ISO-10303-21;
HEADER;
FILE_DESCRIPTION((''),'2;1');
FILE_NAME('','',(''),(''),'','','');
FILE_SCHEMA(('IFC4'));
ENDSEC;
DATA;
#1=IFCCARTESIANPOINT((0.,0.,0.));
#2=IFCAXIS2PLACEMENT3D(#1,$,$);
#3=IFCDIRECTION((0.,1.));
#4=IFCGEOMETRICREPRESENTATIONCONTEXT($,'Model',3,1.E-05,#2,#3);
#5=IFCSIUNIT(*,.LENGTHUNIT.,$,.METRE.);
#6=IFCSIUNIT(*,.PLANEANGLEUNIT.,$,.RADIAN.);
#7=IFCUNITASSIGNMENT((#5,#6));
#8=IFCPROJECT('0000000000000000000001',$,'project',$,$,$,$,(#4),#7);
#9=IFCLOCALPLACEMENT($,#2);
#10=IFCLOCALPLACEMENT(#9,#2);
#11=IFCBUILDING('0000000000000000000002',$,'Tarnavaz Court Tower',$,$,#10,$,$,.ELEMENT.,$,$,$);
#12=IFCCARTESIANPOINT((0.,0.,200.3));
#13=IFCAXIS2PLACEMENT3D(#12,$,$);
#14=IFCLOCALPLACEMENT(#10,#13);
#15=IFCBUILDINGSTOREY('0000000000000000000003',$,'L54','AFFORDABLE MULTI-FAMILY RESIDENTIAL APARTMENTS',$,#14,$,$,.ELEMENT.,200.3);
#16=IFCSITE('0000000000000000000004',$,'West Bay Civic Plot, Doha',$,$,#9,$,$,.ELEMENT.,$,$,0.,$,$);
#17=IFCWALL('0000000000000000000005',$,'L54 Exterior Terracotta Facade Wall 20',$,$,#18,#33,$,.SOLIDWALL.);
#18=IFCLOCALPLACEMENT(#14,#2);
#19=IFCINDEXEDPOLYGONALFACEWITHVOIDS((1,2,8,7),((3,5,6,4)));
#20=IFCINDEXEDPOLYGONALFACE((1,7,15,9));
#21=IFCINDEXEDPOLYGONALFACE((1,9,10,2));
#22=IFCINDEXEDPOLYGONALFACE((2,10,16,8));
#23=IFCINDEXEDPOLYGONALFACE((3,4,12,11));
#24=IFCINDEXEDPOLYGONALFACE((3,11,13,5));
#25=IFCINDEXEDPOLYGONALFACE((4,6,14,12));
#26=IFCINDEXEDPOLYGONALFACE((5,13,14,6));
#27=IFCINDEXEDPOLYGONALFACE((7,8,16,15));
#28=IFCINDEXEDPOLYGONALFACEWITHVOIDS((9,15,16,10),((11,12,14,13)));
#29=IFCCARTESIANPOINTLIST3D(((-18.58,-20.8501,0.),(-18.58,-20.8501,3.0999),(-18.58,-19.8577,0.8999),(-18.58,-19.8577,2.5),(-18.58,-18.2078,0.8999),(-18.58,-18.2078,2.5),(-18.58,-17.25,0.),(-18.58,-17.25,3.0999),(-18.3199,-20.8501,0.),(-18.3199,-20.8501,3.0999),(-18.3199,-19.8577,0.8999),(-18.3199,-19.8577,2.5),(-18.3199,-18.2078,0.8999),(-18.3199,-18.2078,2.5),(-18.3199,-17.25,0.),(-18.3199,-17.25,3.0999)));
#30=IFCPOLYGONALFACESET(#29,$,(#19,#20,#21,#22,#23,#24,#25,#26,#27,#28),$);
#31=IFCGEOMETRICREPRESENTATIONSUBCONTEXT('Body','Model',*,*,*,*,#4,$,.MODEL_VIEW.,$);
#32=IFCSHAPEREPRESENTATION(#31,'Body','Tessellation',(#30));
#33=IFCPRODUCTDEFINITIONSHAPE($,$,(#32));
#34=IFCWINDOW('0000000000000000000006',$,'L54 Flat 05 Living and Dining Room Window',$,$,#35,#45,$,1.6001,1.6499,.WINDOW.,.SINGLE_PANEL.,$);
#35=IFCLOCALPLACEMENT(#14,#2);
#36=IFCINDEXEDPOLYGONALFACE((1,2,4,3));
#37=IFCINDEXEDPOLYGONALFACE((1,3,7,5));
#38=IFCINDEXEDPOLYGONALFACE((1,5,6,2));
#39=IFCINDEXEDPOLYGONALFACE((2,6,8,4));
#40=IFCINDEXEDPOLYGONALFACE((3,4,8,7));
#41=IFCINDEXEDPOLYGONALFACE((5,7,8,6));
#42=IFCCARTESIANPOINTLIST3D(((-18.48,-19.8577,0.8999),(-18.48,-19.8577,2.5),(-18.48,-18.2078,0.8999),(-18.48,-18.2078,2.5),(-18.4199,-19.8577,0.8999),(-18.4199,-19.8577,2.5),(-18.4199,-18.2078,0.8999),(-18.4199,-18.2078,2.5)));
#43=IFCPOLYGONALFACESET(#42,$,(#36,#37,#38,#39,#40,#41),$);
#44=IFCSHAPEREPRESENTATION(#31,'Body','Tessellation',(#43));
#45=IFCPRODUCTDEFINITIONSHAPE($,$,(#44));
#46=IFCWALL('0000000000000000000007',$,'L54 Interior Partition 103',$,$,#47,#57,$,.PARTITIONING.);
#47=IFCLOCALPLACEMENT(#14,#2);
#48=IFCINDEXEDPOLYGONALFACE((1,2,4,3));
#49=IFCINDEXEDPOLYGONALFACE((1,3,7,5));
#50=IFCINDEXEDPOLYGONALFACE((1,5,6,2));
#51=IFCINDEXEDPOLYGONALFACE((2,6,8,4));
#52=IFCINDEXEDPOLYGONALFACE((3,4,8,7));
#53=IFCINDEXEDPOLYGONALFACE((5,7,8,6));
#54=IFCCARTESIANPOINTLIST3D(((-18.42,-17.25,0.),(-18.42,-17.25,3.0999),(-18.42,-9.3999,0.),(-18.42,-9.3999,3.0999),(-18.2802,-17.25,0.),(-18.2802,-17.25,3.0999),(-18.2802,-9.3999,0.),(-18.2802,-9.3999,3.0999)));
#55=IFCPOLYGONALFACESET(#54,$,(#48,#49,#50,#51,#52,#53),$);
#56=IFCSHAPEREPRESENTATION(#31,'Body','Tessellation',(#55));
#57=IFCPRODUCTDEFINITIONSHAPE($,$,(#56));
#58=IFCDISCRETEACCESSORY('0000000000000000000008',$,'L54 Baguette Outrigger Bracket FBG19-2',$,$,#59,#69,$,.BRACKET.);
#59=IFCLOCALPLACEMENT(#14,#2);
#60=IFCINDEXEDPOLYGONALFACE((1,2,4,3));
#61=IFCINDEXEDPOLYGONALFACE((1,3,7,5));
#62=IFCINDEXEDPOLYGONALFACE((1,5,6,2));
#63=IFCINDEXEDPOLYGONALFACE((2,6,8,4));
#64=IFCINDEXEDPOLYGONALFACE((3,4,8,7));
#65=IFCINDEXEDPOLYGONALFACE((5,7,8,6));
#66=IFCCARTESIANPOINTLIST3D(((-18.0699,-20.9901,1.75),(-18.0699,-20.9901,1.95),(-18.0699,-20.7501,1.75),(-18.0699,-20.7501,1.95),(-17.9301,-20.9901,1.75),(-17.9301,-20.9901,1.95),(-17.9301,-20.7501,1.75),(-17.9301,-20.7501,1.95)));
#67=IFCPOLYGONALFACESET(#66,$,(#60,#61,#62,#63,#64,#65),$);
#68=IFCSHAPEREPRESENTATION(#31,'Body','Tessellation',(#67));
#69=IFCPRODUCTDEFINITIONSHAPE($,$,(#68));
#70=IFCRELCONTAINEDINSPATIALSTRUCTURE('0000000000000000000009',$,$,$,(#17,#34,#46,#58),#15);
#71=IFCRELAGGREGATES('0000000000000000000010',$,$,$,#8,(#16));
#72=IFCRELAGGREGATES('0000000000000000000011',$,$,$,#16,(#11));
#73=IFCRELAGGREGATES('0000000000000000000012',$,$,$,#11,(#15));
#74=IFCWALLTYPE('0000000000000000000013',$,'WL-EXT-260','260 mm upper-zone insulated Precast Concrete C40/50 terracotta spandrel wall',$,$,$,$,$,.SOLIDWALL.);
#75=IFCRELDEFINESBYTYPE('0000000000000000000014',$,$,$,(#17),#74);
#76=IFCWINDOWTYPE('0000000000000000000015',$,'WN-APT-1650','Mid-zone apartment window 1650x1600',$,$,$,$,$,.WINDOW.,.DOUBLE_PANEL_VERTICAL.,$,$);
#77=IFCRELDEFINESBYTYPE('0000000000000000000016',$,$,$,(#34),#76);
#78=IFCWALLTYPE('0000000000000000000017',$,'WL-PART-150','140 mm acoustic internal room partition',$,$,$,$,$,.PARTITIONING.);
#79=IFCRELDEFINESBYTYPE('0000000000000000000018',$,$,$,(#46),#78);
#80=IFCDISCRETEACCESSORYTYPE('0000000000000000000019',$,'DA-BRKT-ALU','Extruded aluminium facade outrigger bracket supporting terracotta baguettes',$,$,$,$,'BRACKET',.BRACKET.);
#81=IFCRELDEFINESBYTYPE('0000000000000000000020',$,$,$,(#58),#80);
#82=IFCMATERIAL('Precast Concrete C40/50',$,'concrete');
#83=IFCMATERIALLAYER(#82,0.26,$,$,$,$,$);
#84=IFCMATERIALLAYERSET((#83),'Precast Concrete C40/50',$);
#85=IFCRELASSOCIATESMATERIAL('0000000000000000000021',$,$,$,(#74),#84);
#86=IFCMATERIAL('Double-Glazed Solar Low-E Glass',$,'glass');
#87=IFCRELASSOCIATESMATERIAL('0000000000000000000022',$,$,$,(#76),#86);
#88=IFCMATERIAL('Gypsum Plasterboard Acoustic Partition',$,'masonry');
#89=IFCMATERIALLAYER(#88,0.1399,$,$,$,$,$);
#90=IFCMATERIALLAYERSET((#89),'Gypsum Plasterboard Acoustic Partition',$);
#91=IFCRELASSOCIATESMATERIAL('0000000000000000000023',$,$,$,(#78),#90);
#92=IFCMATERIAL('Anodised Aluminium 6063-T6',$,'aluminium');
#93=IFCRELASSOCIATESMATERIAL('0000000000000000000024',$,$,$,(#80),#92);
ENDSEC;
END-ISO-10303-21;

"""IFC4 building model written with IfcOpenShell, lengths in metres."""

from ifc_helpers import new_model, si_unit, direction, frame, frame_2d, origin, origin_2d, place, context, subcontext, project, spatial, rectangle, extrude, material, layer, layer_set, type_object, element, fill, save


model = new_model("IFC4")

# Units and contexts
model_context = context("Model", 3, precision=1e-05, world=origin(), true_north=direction((0.0, 1.0)))
body_context = subcontext(model_context, "Body", "Model", "MODEL_VIEW")
ifc_project = project(units=[si_unit("LENGTHUNIT", "METRE"), si_unit("PLANEANGLEUNIT", "RADIAN")], contexts=[model_context])

# Site, building, storey
site_placement = place(None, origin())
site = spatial("IfcSite", under=ifc_project, at=site_placement, Name="West Bay Civic Plot, Doha", CompositionType="ELEMENT", RefElevation=0.0)
building_placement = place(site_placement, origin())
building = spatial("IfcBuilding", under=site, at=building_placement, Name="Tarnavaz Court Tower", CompositionType="ELEMENT")
storey_placement = place(building_placement, frame((0.0, 0.0, 200.3)))
storey = spatial("IfcBuildingStorey", under=building, at=storey_placement, Name="L54", Description="AFFORDABLE MULTI-FAMILY RESIDENTIAL APARTMENTS", CompositionType="ELEMENT", Elevation=200.3)

# Shared definitions
ifc_material_1 = material(Name="Precast Concrete C40/50", Category="concrete")
ifc_layer_1 = layer(ifc_material_1, 0.26)
ifc_layer_set_1 = layer_set([ifc_layer_1], Name="Precast Concrete C40/50")
wall_type_1 = type_object("IfcWallType", Name="WL-EXT-260", Description="260 mm upper-zone insulated Precast Concrete C40/50 terracotta spandrel wall", PredefinedType="SOLIDWALL", material=ifc_layer_set_1)
ifc_material_2 = material(Name="Double-Glazed Solar Low-E Glass", Category="glass")

# Shared definitions
window_type_1 = type_object("IfcWindowType", Name="WN-APT-1650", Description="Mid-zone apartment window 1650x1600", PartitioningType="DOUBLE_PANEL_VERTICAL", PredefinedType="WINDOW", material=ifc_material_2)

# Wall, opening, window
wall_1_placement = place(storey_placement, frame((-18.45, -20.8501, 0.0), z_axis=(0.0, 0.0, 1.0), x_axis=(0.0, 1.0, 0.0)))
wall_1 = element("IfcWall", 1, at=wall_1_placement, inside=storey, type_object=wall_type_1, Name="L54 Exterior Terracotta Facade Wall 20", PredefinedType="SOLIDWALL", context=body_context, shape_type="SweptSolid", body=[
    extrude(rectangle(XDim=3.6001, YDim=0.26, at=frame_2d((1.8, 0.0))), origin(), (0.0, 0.0, 1.0), 3.0999),
])
opening_1_placement = place(wall_1_placement, frame((0.9924, 0.0, 0.8999)))
opening_1 = element("IfcOpeningElement", 2, at=opening_1_placement, cuts=wall_1, PredefinedType="OPENING", context=body_context, shape_type="SweptSolid", body=[
    extrude(rectangle(XDim=1.6499, YDim=1.6001, at=frame_2d((0.825, 0.8))), frame((0.0, 0.1399, 0.0), z_axis=(0.0, -1.0, 0.0), x_axis=(1.0, 0.0, 0.0)), (0.0, 0.0, 1.0), 0.28),
])
window_1_placement = place(opening_1_placement, origin())
window_1 = element("IfcWindow", 3, at=window_1_placement, inside=storey, type_object=window_type_1, Name="L54 Flat 05 Living and Dining Room Window", OverallHeight=1.6001, OverallWidth=1.6499, PartitioningType="SINGLE_PANEL", PredefinedType="WINDOW", context=body_context, shape_type="SweptSolid", body=[
    extrude(rectangle(XDim=1.6499, YDim=1.6001, at=frame_2d((0.825, 0.8))), frame((0.0, 0.03, 0.0), z_axis=(0.0, -1.0, 0.0), x_axis=(1.0, 0.0, 0.0)), (0.0, 0.0, 1.0), 0.0601),
])
fill(opening_1, window_1)

# Wall
ifc_material_3 = material(Name="Gypsum Plasterboard Acoustic Partition", Category="masonry")
ifc_layer_2 = layer(ifc_material_3, 0.1399)
ifc_layer_set_2 = layer_set([ifc_layer_2], Name="Gypsum Plasterboard Acoustic Partition")
wall_type_2 = type_object("IfcWallType", Name="WL-PART-150", Description="140 mm acoustic internal room partition", PredefinedType="PARTITIONING", material=ifc_layer_set_2)
wall_2_placement = place(storey_placement, frame((-18.3501, -17.25, 0.0), z_axis=(0.0, 0.0, 1.0), x_axis=(0.0, 1.0, 0.0)))
element("IfcWall", 4, at=wall_2_placement, inside=storey, type_object=wall_type_2, Name="L54 Interior Partition 103", PredefinedType="PARTITIONING", context=body_context, shape_type="SweptSolid", body=[
    extrude(rectangle(XDim=7.8501, YDim=0.1399, at=frame_2d((3.925, 0.0))), origin(), (0.0, 0.0, 1.0), 3.0999),
])

# Discrete accessory
ifc_material_4 = material(Name="Anodised Aluminium 6063-T6", Category="aluminium")
discrete_accessory_type = type_object("IfcDiscreteAccessoryType", Name="DA-BRKT-ALU", Description="Extruded aluminium facade outrigger bracket supporting terracotta baguettes", ElementType="BRACKET", PredefinedType="BRACKET", material=ifc_material_4)
discrete_accessory_placement = place(storey_placement, frame((-18.0, -20.8701, 1.75), z_axis=(0.0, 0.0, 1.0), x_axis=(-1.0, 0.0, 0.0)))
element("IfcDiscreteAccessory", 5, at=discrete_accessory_placement, inside=storey, type_object=discrete_accessory_type, Name="L54 Baguette Outrigger Bracket FBG19-2", PredefinedType="BRACKET", context=body_context, shape_type="SweptSolid", body=[
    extrude(rectangle(XDim=0.1399, YDim=0.24, at=origin_2d()), origin(), (0.0, 0.0, 1.0), 0.2),
])

save(model, "model.ifc")
